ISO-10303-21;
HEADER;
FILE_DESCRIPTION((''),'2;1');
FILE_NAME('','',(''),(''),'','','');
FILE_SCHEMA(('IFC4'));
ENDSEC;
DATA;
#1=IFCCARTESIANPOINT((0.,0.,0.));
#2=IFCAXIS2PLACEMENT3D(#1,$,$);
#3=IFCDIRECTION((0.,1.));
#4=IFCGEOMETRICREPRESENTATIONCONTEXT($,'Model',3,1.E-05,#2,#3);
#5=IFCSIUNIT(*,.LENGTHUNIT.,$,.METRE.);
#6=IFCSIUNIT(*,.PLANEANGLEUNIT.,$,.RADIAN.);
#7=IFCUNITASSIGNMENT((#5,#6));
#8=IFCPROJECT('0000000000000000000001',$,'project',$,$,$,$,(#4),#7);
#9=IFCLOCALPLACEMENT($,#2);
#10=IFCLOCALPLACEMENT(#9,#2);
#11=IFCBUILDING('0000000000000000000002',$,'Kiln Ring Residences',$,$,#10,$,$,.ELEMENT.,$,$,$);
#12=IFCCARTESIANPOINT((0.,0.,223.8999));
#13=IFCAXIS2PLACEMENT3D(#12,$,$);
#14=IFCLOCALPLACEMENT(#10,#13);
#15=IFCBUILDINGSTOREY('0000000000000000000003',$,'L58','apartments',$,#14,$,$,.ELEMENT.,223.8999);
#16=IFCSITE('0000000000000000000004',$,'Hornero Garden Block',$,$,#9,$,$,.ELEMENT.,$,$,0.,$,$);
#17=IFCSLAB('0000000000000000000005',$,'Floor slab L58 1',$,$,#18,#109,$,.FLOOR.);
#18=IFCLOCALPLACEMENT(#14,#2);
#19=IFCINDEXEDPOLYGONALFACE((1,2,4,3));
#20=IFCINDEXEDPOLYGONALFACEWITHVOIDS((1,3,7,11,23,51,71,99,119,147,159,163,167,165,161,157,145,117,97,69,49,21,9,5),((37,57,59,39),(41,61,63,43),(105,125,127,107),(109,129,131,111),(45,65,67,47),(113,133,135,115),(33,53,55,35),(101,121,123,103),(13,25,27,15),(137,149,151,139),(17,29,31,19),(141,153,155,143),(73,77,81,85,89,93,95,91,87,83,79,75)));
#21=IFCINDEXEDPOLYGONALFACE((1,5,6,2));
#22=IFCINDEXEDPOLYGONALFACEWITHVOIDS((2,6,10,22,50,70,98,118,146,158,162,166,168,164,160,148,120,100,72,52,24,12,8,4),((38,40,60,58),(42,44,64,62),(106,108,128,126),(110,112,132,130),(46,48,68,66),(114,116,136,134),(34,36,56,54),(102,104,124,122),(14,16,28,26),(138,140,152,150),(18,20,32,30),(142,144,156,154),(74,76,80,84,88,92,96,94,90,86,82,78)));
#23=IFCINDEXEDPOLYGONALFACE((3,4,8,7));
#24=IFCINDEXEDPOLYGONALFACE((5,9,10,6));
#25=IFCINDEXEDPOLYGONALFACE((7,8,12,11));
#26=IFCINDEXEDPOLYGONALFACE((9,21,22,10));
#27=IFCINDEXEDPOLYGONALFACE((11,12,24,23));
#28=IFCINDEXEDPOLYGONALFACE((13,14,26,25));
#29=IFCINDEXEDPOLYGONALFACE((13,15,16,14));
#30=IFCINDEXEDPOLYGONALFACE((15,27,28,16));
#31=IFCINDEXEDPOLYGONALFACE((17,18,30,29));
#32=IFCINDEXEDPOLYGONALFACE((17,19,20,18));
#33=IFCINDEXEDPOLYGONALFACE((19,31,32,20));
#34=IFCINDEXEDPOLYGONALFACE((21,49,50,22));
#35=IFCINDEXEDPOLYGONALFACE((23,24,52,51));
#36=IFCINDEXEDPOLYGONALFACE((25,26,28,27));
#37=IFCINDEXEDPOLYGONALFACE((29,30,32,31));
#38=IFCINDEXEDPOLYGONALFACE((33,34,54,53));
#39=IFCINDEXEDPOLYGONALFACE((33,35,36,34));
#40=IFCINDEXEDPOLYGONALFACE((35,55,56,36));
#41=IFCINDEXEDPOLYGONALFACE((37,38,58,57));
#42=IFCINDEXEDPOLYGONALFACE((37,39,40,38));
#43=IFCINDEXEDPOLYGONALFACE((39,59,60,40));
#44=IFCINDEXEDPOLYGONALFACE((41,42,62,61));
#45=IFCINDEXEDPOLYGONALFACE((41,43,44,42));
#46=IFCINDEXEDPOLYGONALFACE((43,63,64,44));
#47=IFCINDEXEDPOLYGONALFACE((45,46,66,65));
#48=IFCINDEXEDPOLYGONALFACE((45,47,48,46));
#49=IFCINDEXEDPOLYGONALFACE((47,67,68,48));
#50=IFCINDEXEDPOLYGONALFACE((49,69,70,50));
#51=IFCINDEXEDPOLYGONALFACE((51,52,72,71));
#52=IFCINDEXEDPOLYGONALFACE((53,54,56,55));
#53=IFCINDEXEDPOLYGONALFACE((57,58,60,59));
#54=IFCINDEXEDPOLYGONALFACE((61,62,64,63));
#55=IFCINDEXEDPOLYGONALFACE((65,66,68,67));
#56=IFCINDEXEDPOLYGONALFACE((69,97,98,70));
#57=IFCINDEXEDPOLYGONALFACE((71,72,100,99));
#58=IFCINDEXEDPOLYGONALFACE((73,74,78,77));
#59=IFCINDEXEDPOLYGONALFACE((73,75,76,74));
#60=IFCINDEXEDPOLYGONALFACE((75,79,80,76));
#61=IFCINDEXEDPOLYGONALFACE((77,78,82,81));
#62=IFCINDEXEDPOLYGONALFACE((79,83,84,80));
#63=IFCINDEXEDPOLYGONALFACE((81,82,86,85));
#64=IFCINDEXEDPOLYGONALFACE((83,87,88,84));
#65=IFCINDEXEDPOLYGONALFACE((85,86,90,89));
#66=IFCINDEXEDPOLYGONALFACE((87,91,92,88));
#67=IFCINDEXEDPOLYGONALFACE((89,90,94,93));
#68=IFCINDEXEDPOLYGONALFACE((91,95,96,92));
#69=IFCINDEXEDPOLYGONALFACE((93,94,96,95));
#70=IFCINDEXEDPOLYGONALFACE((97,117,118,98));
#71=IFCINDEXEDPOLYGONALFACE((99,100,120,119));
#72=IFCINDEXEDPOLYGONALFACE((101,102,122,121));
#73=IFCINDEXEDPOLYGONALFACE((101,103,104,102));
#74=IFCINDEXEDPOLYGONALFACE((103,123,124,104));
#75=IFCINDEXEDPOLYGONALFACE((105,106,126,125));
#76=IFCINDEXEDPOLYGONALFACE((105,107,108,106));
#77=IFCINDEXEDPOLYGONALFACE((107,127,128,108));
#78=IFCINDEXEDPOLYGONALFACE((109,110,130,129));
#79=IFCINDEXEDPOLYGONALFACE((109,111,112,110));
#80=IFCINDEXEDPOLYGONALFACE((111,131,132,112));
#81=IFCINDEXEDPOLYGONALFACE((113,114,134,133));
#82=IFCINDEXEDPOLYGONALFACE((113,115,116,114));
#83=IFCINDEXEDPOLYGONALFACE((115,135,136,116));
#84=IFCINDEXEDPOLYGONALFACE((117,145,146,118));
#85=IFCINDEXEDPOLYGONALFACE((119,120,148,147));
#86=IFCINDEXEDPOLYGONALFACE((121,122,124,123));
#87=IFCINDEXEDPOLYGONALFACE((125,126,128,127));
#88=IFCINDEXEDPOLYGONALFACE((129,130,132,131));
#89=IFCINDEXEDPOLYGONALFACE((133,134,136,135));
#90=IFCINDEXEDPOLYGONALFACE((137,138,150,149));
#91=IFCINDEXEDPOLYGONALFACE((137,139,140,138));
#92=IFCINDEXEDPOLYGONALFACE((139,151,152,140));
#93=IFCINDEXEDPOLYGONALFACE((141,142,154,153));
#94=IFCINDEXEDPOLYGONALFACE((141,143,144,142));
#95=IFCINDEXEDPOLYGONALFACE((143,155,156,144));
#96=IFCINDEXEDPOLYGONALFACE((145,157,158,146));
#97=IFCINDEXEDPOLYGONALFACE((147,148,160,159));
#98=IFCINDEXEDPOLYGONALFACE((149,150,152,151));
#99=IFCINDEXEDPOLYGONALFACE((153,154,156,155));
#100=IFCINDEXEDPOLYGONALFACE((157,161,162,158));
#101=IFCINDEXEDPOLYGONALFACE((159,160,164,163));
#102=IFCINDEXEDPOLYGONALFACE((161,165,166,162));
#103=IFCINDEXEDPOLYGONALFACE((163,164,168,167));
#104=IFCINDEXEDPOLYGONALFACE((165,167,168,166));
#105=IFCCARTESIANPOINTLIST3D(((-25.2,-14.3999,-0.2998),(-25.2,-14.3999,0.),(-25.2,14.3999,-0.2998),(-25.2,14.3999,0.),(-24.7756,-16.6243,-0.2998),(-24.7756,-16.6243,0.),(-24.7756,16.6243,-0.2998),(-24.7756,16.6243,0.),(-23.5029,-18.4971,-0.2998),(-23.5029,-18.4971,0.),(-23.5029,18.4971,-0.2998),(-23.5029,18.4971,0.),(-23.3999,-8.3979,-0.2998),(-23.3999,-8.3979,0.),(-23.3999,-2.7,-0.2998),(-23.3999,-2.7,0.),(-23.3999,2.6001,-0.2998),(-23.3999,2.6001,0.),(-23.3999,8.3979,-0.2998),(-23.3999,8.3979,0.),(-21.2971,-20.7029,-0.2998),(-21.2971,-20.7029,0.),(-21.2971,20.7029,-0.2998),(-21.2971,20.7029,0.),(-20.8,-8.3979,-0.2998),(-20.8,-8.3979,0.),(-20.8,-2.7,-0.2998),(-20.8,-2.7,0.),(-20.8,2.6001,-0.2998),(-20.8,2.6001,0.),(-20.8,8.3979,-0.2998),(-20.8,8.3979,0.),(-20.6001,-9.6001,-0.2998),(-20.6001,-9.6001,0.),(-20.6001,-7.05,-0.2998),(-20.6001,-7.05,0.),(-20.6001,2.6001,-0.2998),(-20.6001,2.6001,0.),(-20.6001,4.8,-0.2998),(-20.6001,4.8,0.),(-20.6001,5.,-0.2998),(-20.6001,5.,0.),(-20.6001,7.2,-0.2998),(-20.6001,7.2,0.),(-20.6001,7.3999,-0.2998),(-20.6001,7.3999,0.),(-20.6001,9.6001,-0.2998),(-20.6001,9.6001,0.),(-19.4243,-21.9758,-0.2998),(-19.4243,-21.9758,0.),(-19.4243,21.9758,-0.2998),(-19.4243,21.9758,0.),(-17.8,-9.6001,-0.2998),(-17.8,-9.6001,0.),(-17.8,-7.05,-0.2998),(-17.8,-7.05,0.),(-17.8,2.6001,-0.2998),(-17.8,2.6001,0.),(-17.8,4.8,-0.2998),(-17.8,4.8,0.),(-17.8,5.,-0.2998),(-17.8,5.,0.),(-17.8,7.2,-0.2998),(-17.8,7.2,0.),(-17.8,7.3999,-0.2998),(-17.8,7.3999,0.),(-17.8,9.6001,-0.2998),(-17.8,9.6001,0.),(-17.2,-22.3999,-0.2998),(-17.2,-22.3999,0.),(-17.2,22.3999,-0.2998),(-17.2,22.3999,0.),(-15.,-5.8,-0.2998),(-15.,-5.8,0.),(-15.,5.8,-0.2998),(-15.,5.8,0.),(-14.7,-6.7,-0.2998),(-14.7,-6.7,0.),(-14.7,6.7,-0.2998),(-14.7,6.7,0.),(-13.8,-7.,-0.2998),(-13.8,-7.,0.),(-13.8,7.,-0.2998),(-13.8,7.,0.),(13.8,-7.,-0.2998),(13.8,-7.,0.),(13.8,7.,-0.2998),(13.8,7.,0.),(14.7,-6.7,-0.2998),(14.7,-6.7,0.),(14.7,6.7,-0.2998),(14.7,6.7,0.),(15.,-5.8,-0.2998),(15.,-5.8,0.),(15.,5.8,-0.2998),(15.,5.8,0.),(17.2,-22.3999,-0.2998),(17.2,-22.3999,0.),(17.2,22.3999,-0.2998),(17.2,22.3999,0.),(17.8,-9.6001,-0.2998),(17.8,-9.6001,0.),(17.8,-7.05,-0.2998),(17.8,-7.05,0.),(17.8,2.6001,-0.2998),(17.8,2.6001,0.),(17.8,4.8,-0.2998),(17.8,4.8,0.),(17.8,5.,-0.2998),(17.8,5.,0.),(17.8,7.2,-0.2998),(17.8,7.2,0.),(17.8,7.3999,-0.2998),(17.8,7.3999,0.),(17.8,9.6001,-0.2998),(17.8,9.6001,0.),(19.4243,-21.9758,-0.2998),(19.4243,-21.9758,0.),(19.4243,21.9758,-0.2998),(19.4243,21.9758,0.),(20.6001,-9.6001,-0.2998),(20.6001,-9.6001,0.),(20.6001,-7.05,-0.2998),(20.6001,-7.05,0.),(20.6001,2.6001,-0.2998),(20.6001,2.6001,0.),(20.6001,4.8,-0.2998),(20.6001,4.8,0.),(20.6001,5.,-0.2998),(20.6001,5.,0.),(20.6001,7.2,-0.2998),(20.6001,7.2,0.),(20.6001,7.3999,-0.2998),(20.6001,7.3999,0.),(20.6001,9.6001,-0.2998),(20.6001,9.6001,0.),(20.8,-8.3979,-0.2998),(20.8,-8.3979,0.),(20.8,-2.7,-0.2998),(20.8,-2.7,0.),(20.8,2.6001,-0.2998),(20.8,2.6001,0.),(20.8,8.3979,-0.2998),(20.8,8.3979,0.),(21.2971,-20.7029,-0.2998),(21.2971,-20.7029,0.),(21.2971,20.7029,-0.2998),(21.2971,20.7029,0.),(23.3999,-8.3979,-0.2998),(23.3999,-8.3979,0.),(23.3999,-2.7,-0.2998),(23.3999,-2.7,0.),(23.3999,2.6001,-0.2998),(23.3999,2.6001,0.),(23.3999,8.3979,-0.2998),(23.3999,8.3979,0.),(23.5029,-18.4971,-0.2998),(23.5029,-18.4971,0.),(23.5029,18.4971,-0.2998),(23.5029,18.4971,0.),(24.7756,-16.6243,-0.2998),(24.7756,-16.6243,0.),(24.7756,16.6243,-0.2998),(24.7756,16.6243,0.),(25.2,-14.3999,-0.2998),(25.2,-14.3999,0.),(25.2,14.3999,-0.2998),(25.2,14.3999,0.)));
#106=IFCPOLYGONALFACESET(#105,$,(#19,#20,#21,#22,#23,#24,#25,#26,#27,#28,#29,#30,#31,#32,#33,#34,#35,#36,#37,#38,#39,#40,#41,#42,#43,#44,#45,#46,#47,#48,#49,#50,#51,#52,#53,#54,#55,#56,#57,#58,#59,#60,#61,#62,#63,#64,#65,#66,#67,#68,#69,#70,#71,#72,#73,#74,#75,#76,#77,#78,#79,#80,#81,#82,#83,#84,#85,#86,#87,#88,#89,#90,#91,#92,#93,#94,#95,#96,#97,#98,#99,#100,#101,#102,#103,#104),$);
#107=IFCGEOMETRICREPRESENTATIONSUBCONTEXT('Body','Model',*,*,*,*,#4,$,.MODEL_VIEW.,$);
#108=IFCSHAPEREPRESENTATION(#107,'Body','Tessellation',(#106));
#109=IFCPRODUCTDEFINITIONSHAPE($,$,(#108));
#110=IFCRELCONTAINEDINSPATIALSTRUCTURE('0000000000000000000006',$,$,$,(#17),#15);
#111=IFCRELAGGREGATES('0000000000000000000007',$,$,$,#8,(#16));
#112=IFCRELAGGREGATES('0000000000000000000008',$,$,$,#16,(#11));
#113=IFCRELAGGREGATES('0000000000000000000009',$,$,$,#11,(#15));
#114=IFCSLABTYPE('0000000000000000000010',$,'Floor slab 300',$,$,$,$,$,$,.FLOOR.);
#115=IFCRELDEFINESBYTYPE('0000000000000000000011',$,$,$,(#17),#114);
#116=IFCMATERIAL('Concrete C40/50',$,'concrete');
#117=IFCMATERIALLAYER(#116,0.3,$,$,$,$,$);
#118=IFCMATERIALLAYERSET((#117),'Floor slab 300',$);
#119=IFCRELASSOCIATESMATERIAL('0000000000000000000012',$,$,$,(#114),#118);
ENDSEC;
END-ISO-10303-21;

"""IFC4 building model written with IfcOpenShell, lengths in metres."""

from ifc_helpers import new_model, si_unit, direction, frame, origin, place, context, subcontext, project, spatial, polyline, outline, extrude, material, layer, layer_set, type_object, element, save


model = new_model("IFC4")

# Units and contexts
model_context = context("Model", 3, precision=1e-05, world=origin(), true_north=direction((0.0, 1.0)))
body_context = subcontext(model_context, "Body", "Model", "MODEL_VIEW")
ifc_project = project(units=[si_unit("LENGTHUNIT", "METRE"), si_unit("PLANEANGLEUNIT", "RADIAN")], contexts=[model_context])

# Site, building, storey
site_placement = place(None, origin())
site = spatial("IfcSite", under=ifc_project, at=site_placement, Name="Hornero Garden Block", CompositionType="ELEMENT", RefElevation=0.0)
building_placement = place(site_placement, origin())
building = spatial("IfcBuilding", under=site, at=building_placement, Name="Kiln Ring Residences", CompositionType="ELEMENT")
storey_placement = place(building_placement, frame((0.0, 0.0, 223.8999)))
storey = spatial("IfcBuildingStorey", under=building, at=storey_placement, Name="L58", Description="apartments", CompositionType="ELEMENT", Elevation=223.8999)

# Slab
ifc_material_1 = material(Name="Concrete C40/50", Category="concrete")
ifc_layer_1 = layer(ifc_material_1, 0.3)
ifc_layer_set_1 = layer_set([ifc_layer_1], Name="Floor slab 300")
slab_type = type_object("IfcSlabType", Name="Floor slab 300", PredefinedType="FLOOR", material=ifc_layer_set_1)
slab_placement = place(storey_placement, frame((0.0, 0.0, -0.2998)))
element("IfcSlab", 1, at=slab_placement, inside=storey, type_object=slab_type, Name="Floor slab L58 1", PredefinedType="FLOOR", context=body_context, shape_type="SweptSolid", body=[
    extrude(outline(polyline([(-23.5029, -18.4971), (-21.2971, -20.7029), (-19.4243, -21.9758), (-17.2, -22.3999), (17.2, -22.3999), (19.4243, -21.9758), (21.2971, -20.7029), (23.5029, -18.4971), (24.7756, -16.6243), (25.2, -14.3999), (25.2, 14.3999), (24.7756, 16.6243), (23.5029, 18.4971), (21.2971, 20.7029), (19.4243, 21.9758), (17.2, 22.3999), (-17.2, 22.3999), (-19.4243, 21.9758), (-21.2971, 20.7029), (-23.5029, 18.4971), (-24.7756, 16.6243), (-25.2, 14.3999), (-25.2, -14.3999), (-24.7756, -16.6243), (-23.5029, -18.4971)]), holes=[polyline([(-14.7, -6.7), (-15.0, -5.8), (-15.0, 5.8), (-14.7, 6.7), (-13.8, 7.0), (13.8, 7.0), (14.7, 6.7), (15.0, 5.8), (15.0, -5.8), (14.7, -6.7), (13.8, -7.0), (-13.8, -7.0), (-14.7, -6.7)]), polyline([(20.8, -8.3979), (20.8, -2.7), (23.3999, -2.7), (23.3999, -8.3979), (20.8, -8.3979)]), polyline([(23.3999, 2.6001), (20.8, 2.6001), (20.8, 8.3979), (23.3999, 8.3979), (23.3999, 2.6001)]), polyline([(17.8, 2.6001), (17.8, 4.8), (20.6001, 4.8), (20.6001, 2.6001), (17.8, 2.6001)]), polyline([(17.8, 5.0), (17.8, 7.2), (20.6001, 7.2), (20.6001, 5.0), (17.8, 5.0)]), polyline([(17.8, 7.3999), (17.8, 9.6001), (20.6001, 9.6001), (20.6001, 7.3999), (17.8, 7.3999)]), polyline([(20.6001, -9.6001), (17.8, -9.6001), (17.8, -7.05), (20.6001, -7.05), (20.6001, -9.6001)]), polyline([(-17.8, -7.05), (-17.8, -9.6001), (-20.6001, -9.6001), (-20.6001, -7.05), (-17.8, -7.05)]), polyline([(-17.8, 2.6001), (-20.6001, 2.6001), (-20.6001, 4.8), (-17.8, 4.8), (-17.8, 2.6001)]), polyline([(-17.8, 5.0), (-20.6001, 5.0), (-20.6001, 7.2), (-17.8, 7.2), (-17.8, 5.0)]), polyline([(-17.8, 7.3999), (-20.6001, 7.3999), (-20.6001, 9.6001), (-17.8, 9.6001), (-17.8, 7.3999)]), polyline([(-20.8, -8.3979), (-23.3999, -8.3979), (-23.3999, -2.7), (-20.8, -2.7), (-20.8, -8.3979)]), polyline([(-20.8, 8.3979), (-20.8, 2.6001), (-23.3999, 2.6001), (-23.3999, 8.3979), (-20.8, 8.3979)])]), origin(), (0.0, 0.0, 1.0), 0.2998),
])

save(model, "model.ifc")
